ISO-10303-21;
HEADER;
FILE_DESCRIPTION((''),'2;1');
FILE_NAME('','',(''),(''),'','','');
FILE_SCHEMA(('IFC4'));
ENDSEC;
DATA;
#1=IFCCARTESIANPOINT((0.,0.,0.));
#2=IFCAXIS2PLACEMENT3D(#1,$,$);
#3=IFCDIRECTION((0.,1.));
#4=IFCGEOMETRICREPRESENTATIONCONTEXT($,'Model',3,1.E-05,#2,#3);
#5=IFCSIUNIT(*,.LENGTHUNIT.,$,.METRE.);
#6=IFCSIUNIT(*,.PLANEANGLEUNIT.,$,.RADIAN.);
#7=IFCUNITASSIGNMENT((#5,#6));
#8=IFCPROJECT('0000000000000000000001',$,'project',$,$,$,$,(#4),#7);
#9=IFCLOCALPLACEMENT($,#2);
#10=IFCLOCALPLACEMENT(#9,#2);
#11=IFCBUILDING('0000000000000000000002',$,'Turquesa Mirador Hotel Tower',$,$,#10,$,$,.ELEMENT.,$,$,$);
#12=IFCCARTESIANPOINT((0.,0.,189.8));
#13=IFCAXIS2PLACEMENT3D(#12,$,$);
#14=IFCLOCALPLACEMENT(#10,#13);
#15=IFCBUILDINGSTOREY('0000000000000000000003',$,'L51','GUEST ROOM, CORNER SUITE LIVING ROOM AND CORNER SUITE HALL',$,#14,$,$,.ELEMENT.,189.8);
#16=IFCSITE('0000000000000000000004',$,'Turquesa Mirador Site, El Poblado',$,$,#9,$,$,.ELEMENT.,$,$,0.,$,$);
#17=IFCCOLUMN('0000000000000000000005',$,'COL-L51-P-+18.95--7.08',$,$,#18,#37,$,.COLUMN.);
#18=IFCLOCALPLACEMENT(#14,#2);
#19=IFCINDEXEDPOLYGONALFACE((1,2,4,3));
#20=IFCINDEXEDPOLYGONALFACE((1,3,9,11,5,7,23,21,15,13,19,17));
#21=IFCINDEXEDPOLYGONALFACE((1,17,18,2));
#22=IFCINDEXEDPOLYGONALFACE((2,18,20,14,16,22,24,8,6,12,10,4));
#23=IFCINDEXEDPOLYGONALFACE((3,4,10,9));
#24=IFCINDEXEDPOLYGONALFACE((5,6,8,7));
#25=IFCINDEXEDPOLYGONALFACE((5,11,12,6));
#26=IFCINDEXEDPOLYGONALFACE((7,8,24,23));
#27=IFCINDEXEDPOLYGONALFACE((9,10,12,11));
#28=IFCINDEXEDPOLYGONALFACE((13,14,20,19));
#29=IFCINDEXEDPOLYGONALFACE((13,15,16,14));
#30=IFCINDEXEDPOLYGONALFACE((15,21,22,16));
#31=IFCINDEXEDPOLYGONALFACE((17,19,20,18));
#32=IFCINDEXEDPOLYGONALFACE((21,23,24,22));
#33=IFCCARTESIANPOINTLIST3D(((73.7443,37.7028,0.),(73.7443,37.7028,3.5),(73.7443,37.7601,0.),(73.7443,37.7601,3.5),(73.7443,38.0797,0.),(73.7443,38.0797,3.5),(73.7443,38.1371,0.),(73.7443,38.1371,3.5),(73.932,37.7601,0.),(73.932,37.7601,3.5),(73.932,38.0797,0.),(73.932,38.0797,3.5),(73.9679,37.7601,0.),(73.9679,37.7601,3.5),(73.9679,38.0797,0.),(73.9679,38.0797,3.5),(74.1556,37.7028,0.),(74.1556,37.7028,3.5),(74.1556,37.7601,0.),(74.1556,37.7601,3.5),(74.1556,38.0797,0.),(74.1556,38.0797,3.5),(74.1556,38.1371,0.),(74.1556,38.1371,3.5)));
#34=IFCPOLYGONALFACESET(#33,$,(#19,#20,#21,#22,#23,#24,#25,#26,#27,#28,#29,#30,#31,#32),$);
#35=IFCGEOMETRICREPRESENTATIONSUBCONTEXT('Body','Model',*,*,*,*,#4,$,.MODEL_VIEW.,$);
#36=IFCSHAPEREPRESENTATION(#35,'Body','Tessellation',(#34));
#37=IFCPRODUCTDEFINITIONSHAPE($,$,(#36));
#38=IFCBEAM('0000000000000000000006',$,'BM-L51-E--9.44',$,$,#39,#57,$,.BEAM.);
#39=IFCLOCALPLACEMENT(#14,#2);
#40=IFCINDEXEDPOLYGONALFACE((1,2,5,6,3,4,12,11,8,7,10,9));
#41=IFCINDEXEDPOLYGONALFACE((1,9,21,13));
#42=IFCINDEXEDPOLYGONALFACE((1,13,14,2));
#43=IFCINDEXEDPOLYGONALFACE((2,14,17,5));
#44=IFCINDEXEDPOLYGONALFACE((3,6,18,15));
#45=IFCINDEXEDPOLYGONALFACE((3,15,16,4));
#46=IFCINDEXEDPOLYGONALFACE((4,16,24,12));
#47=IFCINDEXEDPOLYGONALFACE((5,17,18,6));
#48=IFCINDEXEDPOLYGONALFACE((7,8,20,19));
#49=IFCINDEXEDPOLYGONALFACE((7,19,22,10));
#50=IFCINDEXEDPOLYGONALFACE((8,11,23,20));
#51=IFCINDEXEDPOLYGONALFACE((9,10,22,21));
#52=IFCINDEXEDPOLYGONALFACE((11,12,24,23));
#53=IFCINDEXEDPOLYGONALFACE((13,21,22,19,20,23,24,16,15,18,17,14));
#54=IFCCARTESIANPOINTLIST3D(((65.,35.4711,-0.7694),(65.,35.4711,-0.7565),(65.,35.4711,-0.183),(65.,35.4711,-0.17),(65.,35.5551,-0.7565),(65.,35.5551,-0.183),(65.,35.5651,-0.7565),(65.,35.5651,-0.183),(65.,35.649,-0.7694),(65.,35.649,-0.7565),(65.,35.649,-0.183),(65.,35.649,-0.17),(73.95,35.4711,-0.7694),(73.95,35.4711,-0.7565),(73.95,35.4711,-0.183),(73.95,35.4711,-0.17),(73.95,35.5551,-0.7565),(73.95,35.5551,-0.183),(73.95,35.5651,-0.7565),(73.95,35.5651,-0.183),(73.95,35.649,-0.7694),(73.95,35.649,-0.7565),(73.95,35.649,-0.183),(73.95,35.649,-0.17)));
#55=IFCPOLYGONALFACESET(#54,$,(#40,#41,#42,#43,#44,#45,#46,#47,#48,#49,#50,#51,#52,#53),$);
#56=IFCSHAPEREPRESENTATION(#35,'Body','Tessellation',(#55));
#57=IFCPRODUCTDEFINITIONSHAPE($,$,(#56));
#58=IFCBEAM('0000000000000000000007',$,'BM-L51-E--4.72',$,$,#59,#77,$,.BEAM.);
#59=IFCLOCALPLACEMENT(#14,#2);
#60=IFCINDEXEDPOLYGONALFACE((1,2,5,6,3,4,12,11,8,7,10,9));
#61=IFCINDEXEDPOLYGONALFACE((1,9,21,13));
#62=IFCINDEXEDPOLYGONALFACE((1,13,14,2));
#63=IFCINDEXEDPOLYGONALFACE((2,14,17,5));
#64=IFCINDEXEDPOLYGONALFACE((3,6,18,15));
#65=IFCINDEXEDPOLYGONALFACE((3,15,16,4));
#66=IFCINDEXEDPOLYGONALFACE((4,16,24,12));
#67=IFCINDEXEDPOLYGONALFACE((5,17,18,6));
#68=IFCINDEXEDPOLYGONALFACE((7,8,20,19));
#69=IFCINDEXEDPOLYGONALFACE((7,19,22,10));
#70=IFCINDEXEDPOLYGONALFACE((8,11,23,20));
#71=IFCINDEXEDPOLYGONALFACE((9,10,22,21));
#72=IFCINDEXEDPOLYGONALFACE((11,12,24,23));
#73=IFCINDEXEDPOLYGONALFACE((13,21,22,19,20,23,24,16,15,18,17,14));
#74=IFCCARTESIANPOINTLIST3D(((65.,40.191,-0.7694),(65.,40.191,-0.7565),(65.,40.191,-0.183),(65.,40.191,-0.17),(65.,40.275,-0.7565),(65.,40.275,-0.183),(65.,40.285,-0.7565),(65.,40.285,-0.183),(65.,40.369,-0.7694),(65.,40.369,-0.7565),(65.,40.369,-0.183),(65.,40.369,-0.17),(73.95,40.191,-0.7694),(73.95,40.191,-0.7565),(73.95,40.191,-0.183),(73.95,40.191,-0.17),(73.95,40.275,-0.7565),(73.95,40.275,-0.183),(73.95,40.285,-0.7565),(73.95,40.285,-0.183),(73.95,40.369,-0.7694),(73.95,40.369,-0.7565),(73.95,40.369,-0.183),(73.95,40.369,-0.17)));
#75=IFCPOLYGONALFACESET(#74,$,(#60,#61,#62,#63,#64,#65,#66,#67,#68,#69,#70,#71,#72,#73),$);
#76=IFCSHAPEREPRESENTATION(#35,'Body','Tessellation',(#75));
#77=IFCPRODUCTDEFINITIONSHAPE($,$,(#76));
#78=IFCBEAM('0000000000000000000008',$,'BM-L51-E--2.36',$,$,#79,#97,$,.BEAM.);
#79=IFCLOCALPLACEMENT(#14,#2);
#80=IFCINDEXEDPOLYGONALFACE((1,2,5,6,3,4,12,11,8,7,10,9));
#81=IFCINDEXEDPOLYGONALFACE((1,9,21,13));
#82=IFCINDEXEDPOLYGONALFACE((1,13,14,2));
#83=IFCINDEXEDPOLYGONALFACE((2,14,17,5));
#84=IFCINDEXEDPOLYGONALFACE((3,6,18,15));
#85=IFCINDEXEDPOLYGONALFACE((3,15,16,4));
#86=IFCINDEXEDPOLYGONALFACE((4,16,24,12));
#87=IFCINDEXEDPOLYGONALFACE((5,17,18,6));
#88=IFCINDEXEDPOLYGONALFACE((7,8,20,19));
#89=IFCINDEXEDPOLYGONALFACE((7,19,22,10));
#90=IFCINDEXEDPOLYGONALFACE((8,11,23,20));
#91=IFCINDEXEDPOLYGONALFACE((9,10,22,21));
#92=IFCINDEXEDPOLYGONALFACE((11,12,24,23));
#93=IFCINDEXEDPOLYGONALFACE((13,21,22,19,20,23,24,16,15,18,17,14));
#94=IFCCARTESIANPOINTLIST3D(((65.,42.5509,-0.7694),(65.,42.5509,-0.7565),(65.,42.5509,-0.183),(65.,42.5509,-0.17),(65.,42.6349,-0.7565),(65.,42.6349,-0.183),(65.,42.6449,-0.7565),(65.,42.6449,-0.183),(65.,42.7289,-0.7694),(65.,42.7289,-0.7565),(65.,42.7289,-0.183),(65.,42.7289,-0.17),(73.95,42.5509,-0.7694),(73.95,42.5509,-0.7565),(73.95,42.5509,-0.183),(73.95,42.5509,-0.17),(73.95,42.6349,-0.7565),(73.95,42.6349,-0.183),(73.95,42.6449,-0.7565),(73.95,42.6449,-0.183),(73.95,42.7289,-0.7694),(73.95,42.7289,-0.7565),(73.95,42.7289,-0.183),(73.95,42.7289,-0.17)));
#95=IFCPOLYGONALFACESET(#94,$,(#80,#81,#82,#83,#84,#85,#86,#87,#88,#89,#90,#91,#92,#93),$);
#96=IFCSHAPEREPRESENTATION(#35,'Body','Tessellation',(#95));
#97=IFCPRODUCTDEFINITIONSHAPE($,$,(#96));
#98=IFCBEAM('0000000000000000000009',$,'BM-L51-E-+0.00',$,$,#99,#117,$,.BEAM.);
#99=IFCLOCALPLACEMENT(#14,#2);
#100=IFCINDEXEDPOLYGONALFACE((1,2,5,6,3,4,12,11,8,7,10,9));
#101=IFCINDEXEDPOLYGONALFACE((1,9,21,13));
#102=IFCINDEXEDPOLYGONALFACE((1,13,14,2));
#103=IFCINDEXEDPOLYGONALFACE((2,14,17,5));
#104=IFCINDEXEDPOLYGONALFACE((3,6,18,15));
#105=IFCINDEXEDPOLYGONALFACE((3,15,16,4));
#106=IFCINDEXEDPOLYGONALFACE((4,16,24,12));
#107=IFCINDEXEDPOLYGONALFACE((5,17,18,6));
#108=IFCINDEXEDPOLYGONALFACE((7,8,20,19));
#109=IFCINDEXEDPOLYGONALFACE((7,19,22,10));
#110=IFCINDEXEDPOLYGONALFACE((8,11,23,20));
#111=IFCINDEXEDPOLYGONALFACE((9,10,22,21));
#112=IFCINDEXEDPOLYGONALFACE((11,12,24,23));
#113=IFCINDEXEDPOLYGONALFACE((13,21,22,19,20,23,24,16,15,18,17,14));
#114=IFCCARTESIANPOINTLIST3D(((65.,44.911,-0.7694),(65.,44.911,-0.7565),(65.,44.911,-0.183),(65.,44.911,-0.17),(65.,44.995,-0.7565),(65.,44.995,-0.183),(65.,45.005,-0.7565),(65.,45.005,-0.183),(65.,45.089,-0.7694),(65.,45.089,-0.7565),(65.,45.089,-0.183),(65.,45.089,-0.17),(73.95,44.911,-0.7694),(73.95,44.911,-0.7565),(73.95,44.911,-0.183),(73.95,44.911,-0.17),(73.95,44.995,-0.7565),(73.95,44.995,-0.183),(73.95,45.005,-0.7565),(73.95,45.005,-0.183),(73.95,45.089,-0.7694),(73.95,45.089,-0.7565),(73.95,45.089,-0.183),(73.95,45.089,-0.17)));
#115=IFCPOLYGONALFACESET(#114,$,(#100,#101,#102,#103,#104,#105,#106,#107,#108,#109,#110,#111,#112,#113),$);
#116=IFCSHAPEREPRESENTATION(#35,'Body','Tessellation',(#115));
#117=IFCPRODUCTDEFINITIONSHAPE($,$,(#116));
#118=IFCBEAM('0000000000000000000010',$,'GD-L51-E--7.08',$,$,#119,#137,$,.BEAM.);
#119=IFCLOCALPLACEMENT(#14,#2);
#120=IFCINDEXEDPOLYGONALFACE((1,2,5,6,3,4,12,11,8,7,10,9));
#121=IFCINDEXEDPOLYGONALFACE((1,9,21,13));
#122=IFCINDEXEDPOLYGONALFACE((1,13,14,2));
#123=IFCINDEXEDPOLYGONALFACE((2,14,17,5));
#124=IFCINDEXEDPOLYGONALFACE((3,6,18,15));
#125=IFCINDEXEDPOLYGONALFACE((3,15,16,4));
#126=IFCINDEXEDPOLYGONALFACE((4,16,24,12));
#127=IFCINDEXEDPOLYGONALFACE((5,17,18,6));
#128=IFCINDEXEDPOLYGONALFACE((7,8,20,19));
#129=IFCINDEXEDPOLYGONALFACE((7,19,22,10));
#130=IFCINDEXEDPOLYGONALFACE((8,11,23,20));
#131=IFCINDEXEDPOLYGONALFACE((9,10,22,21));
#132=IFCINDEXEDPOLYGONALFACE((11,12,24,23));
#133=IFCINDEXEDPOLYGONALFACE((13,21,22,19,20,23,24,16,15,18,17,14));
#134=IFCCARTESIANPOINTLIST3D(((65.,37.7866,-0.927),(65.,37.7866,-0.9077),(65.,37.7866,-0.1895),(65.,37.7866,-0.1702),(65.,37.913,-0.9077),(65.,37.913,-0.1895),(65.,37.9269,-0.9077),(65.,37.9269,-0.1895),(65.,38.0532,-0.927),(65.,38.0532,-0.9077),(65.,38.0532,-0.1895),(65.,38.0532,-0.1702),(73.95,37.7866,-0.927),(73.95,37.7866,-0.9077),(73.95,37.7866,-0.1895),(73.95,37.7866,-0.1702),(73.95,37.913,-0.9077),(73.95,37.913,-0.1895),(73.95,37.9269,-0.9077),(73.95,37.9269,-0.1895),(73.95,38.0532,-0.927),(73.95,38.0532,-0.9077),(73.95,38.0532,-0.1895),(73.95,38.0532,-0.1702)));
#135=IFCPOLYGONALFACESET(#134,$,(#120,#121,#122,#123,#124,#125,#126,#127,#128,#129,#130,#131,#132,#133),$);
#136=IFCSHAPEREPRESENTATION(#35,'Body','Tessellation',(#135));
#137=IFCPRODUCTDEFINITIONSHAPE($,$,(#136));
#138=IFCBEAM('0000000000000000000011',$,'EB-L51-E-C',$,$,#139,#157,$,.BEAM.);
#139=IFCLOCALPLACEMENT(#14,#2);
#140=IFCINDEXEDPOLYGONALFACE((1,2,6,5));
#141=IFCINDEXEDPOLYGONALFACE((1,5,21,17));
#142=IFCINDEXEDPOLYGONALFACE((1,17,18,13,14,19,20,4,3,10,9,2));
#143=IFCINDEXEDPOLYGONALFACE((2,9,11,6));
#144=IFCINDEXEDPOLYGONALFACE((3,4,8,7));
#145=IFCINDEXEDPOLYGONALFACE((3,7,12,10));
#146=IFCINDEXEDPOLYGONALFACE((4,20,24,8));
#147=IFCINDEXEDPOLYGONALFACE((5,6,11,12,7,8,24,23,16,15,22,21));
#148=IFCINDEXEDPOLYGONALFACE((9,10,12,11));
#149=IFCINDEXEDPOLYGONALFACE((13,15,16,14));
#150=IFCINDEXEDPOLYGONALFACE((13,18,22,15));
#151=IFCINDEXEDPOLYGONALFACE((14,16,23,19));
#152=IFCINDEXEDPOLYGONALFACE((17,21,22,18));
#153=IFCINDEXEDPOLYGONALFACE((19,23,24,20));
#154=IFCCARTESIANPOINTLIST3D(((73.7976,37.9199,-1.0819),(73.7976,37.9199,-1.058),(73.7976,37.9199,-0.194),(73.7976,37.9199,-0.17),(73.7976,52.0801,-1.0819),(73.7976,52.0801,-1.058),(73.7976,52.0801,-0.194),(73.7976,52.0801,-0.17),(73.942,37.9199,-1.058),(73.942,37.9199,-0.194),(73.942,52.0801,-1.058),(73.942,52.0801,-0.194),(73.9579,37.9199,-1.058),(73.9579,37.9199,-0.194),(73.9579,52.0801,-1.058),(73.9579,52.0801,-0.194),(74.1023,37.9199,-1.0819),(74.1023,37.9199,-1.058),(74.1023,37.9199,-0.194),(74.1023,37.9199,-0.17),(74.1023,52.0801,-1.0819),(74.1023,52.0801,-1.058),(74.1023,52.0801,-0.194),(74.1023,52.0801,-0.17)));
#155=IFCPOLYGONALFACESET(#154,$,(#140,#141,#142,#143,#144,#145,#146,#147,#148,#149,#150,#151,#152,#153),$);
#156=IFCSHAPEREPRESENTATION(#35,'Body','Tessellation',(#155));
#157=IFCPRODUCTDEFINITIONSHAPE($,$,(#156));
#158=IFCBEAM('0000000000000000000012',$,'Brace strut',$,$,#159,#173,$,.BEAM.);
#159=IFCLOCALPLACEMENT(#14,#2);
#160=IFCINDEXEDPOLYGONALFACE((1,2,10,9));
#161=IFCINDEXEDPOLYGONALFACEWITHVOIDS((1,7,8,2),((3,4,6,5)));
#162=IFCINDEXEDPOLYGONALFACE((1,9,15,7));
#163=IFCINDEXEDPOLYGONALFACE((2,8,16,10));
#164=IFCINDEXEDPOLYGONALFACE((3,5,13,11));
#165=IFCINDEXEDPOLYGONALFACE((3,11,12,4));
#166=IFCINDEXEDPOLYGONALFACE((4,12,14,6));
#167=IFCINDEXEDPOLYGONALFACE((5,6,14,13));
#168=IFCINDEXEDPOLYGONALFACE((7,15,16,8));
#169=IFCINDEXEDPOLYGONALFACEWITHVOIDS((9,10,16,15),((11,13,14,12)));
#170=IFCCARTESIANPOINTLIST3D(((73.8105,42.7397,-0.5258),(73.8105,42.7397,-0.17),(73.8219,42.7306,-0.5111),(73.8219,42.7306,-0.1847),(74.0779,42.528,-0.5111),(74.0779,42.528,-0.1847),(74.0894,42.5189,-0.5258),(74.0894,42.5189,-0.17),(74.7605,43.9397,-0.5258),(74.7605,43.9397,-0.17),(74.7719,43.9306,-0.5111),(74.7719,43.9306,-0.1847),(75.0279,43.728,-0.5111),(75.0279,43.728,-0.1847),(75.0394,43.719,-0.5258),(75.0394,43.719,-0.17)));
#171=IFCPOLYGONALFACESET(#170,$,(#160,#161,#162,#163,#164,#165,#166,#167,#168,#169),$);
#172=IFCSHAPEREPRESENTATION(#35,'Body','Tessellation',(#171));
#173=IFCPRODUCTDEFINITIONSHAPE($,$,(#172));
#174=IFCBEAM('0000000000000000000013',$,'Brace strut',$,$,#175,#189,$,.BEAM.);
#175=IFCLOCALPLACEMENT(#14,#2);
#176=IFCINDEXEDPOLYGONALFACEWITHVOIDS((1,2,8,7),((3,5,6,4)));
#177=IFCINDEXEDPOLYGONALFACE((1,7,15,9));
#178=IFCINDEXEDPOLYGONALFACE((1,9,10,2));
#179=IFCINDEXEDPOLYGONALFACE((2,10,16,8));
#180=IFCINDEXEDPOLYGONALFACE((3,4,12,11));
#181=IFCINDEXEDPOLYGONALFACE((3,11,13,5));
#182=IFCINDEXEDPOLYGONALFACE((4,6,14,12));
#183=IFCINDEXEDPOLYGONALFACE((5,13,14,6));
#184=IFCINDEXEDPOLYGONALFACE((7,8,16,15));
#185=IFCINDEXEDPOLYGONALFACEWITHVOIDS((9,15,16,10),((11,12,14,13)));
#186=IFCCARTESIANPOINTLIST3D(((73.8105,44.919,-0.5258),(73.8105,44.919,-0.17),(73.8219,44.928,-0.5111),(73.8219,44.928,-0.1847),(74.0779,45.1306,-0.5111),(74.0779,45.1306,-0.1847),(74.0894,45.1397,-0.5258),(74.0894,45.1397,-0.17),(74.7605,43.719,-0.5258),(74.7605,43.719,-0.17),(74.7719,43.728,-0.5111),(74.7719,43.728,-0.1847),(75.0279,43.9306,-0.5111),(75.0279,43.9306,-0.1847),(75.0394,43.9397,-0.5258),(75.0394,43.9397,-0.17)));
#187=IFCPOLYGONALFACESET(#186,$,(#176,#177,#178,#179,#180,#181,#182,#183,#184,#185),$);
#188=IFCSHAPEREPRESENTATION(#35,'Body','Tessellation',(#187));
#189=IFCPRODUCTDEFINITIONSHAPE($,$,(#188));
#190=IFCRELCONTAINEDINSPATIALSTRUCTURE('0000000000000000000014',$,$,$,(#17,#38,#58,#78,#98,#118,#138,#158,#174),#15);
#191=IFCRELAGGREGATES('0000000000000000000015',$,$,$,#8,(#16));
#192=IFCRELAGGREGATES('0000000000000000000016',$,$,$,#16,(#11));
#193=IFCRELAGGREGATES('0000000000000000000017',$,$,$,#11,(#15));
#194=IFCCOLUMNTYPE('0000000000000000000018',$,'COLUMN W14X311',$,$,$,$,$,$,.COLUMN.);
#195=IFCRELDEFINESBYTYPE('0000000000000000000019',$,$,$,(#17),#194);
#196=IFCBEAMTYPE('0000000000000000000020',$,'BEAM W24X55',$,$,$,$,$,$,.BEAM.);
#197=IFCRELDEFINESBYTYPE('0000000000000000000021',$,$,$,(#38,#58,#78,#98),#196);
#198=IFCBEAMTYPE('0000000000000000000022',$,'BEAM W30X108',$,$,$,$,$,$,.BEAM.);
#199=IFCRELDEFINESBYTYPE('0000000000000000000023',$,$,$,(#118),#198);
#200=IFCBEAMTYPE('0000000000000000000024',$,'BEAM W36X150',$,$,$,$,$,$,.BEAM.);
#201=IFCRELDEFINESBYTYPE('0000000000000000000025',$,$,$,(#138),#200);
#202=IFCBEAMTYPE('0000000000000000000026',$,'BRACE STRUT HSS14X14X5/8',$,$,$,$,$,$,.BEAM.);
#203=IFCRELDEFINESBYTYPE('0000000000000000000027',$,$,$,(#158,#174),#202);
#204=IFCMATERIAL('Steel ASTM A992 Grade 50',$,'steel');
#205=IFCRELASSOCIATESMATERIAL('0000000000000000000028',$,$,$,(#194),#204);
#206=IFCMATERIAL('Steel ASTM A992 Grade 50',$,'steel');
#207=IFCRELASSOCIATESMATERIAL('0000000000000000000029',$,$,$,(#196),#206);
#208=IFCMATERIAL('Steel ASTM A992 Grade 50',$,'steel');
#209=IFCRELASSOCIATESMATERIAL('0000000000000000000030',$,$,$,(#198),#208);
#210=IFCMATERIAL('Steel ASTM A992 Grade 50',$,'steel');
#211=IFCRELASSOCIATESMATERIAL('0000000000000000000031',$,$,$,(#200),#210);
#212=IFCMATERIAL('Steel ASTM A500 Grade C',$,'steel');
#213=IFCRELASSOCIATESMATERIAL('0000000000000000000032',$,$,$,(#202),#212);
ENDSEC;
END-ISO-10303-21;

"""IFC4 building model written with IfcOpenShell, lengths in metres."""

from ifc_helpers import new_model, si_unit, direction, frame, origin, origin_2d, place, context, subcontext, project, spatial, hollow_rectangle, i_section, extrude, material, material_profile, profile_set, type_object, element, save


model = new_model("IFC4")

# Units and contexts
model_context = context("Model", 3, precision=1e-05, world=origin(), true_north=direction((0.0, 1.0)))
body_context = subcontext(model_context, "Body", "Model", "MODEL_VIEW")
ifc_project = project(units=[si_unit("LENGTHUNIT", "METRE"), si_unit("PLANEANGLEUNIT", "RADIAN")], contexts=[model_context])

# Site, building, storey
site_placement = place(None, origin())
site = spatial("IfcSite", under=ifc_project, at=site_placement, Name="Turquesa Mirador Site, El Poblado", CompositionType="ELEMENT", RefElevation=0.0)
building_placement = place(site_placement, origin())
building = spatial("IfcBuilding", under=site, at=building_placement, Name="Turquesa Mirador Hotel Tower", CompositionType="ELEMENT")
storey_placement = place(building_placement, frame((0.0, 0.0, 189.8)))
storey = spatial("IfcBuildingStorey", under=building, at=storey_placement, Name="L51", Description="GUEST ROOM, CORNER SUITE LIVING ROOM AND CORNER SUITE HALL", CompositionType="ELEMENT", Elevation=189.8)

# Column
ifc_material_1 = material(Name="Steel ASTM A992 Grade 50", Category="steel")
ifc_material_profile_1 = material_profile(ifc_material_1, i_section(OverallWidth=0.4114, OverallDepth=0.4343, WebThickness=0.0359, FlangeThickness=0.0574, at=origin_2d()), Name="W14X311")
ifc_profile_set_1 = profile_set([ifc_material_profile_1], Name="Steel ASTM A992 Grade 50")
column_type = type_object("IfcColumnType", Name="COLUMN W14X311", PredefinedType="COLUMN", material=ifc_profile_set_1)
column_placement = place(storey_placement, frame((73.95, 37.9199, 0.0), z_axis=(0.0, 0.0, 1.0), x_axis=(1.0, 0.0, 0.0)))
element("IfcColumn", 1, at=column_placement, inside=storey, type_object=column_type, Name="COL-L51-P-+18.95--7.08", PredefinedType="COLUMN", context=body_context, shape_type="SweptSolid", body=[
    extrude(i_section(OverallWidth=0.4114, OverallDepth=0.4343, WebThickness=0.0359, FlangeThickness=0.0574, at=origin_2d()), origin(), (0.0, 0.0, 1.0), 3.5),
])

# Beams
ifc_material_2 = material(Name="Steel ASTM A992 Grade 50", Category="steel")
ifc_material_profile_2 = material_profile(ifc_material_2, i_section(OverallWidth=0.178, OverallDepth=0.5994, WebThickness=0.01, FlangeThickness=0.0129, at=origin_2d()), Name="W24X55")
ifc_profile_set_2 = profile_set([ifc_material_profile_2], Name="Steel ASTM A992 Grade 50")
beam_type_1 = type_object("IfcBeamType", Name="BEAM W24X55", PredefinedType="BEAM", material=ifc_profile_set_2)
for number, where, z_axis, x_axis, name in (
    (2, (73.95, 35.5601, -0.4697), (-1.0, 0.0, 0.0), (0.0, -1.0, 0.0), "BM-L51-E--9.44"),
    (3, (73.95, 40.28, -0.4697), (-1.0, 0.0, 0.0), (0.0, -1.0, 0.0), "BM-L51-E--4.72"),
    (4, (73.95, 42.6399, -0.4697), (-1.0, 0.0, 0.0), (0.0, -1.0, 0.0), "BM-L51-E--2.36"),
    (5, (73.95, 45.0, -0.4697), (-1.0, 0.0, 0.0), (0.0, -1.0, 0.0), "BM-L51-E-+0.00"),
):
    element("IfcBeam", number, at=place(storey_placement, frame(where, z_axis=z_axis, x_axis=x_axis)), inside=storey, type_object=beam_type_1, Name=name, PredefinedType="BEAM", context=body_context, shape_type="SweptSolid", body=[
        extrude(i_section(OverallWidth=0.178, OverallDepth=0.5994, WebThickness=0.01, FlangeThickness=0.0129, at=origin_2d()), origin(), (0.0, 0.0, 1.0), 8.95),
    ])
ifc_material_3 = material(Name="Steel ASTM A992 Grade 50", Category="steel")
ifc_material_profile_3 = material_profile(ifc_material_3, i_section(OverallWidth=0.2666, OverallDepth=0.7568, WebThickness=0.0139, FlangeThickness=0.0193, at=origin_2d()), Name="W30X108")
ifc_profile_set_3 = profile_set([ifc_material_profile_3], Name="Steel ASTM A992 Grade 50")
beam_type_2 = type_object("IfcBeamType", Name="BEAM W30X108", PredefinedType="BEAM", material=ifc_profile_set_3)
beam_1_placement = place(storey_placement, frame((73.95, 37.9199, -0.5486), z_axis=(-1.0, 0.0, 0.0), x_axis=(0.0, -1.0, 0.0)))
element("IfcBeam", 6, at=beam_1_placement, inside=storey, type_object=beam_type_2, Name="GD-L51-E--7.08", PredefinedType="BEAM", context=body_context, shape_type="SweptSolid", body=[
    extrude(i_section(OverallWidth=0.2666, OverallDepth=0.7568, WebThickness=0.0139, FlangeThickness=0.0193, at=origin_2d()), origin(), (0.0, 0.0, 1.0), 8.95),
])
ifc_material_4 = material(Name="Steel ASTM A992 Grade 50", Category="steel")
ifc_material_profile_4 = material_profile(ifc_material_4, i_section(OverallWidth=0.3047, OverallDepth=0.9119, WebThickness=0.0159, FlangeThickness=0.0239, at=origin_2d()), Name="W36X150")
ifc_profile_set_4 = profile_set([ifc_material_profile_4], Name="Steel ASTM A992 Grade 50")
beam_type_3 = type_object("IfcBeamType", Name="BEAM W36X150", PredefinedType="BEAM", material=ifc_profile_set_4)
beam_2_placement = place(storey_placement, frame((73.95, 37.9199, -0.626), z_axis=(0.0, 1.0, 0.0), x_axis=(-1.0, 0.0, 0.0)))
element("IfcBeam", 7, at=beam_2_placement, inside=storey, type_object=beam_type_3, Name="EB-L51-E-C", PredefinedType="BEAM", context=body_context, shape_type="SweptSolid", body=[
    extrude(i_section(OverallWidth=0.3047, OverallDepth=0.9119, WebThickness=0.0159, FlangeThickness=0.0239, at=origin_2d()), origin(), (0.0, 0.0, 1.0), 14.1602),
])
ifc_material_5 = material(Name="Steel ASTM A500 Grade C", Category="steel")
ifc_material_profile_5 = material_profile(ifc_material_5, hollow_rectangle(XDim=0.3557, YDim=0.3557, WallThickness=0.0146, at=origin_2d()), Name="HSS14X14X5/8")
ifc_profile_set_5 = profile_set([ifc_material_profile_5], Name="Steel ASTM A500 Grade C")
beam_type_4 = type_object("IfcBeamType", Name="BRACE STRUT HSS14X14X5/8", PredefinedType="BEAM", material=ifc_profile_set_5)
for number, where, z_axis, x_axis, name in (
    (8, (74.8999, 43.8293, -0.3479), (-0.620699, -0.784049, 0.0), (0.784049, -0.620699, 0.0), "Brace strut"),
    (9, (74.8999, 43.8293, -0.3479), (-0.620699, 0.784049, 0.0), (-0.784049, -0.620699, 0.0), "Brace strut"),
):
    element("IfcBeam", number, at=place(storey_placement, frame(where, z_axis=z_axis, x_axis=x_axis)), inside=storey, type_object=beam_type_4, Name=name, PredefinedType="BEAM", context=body_context, shape_type="SweptSolid", body=[
        extrude(hollow_rectangle(XDim=0.3557, YDim=0.3557, WallThickness=0.0146, at=origin_2d()), origin(), (0.0, 0.0, 1.0), 1.5305),
    ])

save(model, "model.ifc")
